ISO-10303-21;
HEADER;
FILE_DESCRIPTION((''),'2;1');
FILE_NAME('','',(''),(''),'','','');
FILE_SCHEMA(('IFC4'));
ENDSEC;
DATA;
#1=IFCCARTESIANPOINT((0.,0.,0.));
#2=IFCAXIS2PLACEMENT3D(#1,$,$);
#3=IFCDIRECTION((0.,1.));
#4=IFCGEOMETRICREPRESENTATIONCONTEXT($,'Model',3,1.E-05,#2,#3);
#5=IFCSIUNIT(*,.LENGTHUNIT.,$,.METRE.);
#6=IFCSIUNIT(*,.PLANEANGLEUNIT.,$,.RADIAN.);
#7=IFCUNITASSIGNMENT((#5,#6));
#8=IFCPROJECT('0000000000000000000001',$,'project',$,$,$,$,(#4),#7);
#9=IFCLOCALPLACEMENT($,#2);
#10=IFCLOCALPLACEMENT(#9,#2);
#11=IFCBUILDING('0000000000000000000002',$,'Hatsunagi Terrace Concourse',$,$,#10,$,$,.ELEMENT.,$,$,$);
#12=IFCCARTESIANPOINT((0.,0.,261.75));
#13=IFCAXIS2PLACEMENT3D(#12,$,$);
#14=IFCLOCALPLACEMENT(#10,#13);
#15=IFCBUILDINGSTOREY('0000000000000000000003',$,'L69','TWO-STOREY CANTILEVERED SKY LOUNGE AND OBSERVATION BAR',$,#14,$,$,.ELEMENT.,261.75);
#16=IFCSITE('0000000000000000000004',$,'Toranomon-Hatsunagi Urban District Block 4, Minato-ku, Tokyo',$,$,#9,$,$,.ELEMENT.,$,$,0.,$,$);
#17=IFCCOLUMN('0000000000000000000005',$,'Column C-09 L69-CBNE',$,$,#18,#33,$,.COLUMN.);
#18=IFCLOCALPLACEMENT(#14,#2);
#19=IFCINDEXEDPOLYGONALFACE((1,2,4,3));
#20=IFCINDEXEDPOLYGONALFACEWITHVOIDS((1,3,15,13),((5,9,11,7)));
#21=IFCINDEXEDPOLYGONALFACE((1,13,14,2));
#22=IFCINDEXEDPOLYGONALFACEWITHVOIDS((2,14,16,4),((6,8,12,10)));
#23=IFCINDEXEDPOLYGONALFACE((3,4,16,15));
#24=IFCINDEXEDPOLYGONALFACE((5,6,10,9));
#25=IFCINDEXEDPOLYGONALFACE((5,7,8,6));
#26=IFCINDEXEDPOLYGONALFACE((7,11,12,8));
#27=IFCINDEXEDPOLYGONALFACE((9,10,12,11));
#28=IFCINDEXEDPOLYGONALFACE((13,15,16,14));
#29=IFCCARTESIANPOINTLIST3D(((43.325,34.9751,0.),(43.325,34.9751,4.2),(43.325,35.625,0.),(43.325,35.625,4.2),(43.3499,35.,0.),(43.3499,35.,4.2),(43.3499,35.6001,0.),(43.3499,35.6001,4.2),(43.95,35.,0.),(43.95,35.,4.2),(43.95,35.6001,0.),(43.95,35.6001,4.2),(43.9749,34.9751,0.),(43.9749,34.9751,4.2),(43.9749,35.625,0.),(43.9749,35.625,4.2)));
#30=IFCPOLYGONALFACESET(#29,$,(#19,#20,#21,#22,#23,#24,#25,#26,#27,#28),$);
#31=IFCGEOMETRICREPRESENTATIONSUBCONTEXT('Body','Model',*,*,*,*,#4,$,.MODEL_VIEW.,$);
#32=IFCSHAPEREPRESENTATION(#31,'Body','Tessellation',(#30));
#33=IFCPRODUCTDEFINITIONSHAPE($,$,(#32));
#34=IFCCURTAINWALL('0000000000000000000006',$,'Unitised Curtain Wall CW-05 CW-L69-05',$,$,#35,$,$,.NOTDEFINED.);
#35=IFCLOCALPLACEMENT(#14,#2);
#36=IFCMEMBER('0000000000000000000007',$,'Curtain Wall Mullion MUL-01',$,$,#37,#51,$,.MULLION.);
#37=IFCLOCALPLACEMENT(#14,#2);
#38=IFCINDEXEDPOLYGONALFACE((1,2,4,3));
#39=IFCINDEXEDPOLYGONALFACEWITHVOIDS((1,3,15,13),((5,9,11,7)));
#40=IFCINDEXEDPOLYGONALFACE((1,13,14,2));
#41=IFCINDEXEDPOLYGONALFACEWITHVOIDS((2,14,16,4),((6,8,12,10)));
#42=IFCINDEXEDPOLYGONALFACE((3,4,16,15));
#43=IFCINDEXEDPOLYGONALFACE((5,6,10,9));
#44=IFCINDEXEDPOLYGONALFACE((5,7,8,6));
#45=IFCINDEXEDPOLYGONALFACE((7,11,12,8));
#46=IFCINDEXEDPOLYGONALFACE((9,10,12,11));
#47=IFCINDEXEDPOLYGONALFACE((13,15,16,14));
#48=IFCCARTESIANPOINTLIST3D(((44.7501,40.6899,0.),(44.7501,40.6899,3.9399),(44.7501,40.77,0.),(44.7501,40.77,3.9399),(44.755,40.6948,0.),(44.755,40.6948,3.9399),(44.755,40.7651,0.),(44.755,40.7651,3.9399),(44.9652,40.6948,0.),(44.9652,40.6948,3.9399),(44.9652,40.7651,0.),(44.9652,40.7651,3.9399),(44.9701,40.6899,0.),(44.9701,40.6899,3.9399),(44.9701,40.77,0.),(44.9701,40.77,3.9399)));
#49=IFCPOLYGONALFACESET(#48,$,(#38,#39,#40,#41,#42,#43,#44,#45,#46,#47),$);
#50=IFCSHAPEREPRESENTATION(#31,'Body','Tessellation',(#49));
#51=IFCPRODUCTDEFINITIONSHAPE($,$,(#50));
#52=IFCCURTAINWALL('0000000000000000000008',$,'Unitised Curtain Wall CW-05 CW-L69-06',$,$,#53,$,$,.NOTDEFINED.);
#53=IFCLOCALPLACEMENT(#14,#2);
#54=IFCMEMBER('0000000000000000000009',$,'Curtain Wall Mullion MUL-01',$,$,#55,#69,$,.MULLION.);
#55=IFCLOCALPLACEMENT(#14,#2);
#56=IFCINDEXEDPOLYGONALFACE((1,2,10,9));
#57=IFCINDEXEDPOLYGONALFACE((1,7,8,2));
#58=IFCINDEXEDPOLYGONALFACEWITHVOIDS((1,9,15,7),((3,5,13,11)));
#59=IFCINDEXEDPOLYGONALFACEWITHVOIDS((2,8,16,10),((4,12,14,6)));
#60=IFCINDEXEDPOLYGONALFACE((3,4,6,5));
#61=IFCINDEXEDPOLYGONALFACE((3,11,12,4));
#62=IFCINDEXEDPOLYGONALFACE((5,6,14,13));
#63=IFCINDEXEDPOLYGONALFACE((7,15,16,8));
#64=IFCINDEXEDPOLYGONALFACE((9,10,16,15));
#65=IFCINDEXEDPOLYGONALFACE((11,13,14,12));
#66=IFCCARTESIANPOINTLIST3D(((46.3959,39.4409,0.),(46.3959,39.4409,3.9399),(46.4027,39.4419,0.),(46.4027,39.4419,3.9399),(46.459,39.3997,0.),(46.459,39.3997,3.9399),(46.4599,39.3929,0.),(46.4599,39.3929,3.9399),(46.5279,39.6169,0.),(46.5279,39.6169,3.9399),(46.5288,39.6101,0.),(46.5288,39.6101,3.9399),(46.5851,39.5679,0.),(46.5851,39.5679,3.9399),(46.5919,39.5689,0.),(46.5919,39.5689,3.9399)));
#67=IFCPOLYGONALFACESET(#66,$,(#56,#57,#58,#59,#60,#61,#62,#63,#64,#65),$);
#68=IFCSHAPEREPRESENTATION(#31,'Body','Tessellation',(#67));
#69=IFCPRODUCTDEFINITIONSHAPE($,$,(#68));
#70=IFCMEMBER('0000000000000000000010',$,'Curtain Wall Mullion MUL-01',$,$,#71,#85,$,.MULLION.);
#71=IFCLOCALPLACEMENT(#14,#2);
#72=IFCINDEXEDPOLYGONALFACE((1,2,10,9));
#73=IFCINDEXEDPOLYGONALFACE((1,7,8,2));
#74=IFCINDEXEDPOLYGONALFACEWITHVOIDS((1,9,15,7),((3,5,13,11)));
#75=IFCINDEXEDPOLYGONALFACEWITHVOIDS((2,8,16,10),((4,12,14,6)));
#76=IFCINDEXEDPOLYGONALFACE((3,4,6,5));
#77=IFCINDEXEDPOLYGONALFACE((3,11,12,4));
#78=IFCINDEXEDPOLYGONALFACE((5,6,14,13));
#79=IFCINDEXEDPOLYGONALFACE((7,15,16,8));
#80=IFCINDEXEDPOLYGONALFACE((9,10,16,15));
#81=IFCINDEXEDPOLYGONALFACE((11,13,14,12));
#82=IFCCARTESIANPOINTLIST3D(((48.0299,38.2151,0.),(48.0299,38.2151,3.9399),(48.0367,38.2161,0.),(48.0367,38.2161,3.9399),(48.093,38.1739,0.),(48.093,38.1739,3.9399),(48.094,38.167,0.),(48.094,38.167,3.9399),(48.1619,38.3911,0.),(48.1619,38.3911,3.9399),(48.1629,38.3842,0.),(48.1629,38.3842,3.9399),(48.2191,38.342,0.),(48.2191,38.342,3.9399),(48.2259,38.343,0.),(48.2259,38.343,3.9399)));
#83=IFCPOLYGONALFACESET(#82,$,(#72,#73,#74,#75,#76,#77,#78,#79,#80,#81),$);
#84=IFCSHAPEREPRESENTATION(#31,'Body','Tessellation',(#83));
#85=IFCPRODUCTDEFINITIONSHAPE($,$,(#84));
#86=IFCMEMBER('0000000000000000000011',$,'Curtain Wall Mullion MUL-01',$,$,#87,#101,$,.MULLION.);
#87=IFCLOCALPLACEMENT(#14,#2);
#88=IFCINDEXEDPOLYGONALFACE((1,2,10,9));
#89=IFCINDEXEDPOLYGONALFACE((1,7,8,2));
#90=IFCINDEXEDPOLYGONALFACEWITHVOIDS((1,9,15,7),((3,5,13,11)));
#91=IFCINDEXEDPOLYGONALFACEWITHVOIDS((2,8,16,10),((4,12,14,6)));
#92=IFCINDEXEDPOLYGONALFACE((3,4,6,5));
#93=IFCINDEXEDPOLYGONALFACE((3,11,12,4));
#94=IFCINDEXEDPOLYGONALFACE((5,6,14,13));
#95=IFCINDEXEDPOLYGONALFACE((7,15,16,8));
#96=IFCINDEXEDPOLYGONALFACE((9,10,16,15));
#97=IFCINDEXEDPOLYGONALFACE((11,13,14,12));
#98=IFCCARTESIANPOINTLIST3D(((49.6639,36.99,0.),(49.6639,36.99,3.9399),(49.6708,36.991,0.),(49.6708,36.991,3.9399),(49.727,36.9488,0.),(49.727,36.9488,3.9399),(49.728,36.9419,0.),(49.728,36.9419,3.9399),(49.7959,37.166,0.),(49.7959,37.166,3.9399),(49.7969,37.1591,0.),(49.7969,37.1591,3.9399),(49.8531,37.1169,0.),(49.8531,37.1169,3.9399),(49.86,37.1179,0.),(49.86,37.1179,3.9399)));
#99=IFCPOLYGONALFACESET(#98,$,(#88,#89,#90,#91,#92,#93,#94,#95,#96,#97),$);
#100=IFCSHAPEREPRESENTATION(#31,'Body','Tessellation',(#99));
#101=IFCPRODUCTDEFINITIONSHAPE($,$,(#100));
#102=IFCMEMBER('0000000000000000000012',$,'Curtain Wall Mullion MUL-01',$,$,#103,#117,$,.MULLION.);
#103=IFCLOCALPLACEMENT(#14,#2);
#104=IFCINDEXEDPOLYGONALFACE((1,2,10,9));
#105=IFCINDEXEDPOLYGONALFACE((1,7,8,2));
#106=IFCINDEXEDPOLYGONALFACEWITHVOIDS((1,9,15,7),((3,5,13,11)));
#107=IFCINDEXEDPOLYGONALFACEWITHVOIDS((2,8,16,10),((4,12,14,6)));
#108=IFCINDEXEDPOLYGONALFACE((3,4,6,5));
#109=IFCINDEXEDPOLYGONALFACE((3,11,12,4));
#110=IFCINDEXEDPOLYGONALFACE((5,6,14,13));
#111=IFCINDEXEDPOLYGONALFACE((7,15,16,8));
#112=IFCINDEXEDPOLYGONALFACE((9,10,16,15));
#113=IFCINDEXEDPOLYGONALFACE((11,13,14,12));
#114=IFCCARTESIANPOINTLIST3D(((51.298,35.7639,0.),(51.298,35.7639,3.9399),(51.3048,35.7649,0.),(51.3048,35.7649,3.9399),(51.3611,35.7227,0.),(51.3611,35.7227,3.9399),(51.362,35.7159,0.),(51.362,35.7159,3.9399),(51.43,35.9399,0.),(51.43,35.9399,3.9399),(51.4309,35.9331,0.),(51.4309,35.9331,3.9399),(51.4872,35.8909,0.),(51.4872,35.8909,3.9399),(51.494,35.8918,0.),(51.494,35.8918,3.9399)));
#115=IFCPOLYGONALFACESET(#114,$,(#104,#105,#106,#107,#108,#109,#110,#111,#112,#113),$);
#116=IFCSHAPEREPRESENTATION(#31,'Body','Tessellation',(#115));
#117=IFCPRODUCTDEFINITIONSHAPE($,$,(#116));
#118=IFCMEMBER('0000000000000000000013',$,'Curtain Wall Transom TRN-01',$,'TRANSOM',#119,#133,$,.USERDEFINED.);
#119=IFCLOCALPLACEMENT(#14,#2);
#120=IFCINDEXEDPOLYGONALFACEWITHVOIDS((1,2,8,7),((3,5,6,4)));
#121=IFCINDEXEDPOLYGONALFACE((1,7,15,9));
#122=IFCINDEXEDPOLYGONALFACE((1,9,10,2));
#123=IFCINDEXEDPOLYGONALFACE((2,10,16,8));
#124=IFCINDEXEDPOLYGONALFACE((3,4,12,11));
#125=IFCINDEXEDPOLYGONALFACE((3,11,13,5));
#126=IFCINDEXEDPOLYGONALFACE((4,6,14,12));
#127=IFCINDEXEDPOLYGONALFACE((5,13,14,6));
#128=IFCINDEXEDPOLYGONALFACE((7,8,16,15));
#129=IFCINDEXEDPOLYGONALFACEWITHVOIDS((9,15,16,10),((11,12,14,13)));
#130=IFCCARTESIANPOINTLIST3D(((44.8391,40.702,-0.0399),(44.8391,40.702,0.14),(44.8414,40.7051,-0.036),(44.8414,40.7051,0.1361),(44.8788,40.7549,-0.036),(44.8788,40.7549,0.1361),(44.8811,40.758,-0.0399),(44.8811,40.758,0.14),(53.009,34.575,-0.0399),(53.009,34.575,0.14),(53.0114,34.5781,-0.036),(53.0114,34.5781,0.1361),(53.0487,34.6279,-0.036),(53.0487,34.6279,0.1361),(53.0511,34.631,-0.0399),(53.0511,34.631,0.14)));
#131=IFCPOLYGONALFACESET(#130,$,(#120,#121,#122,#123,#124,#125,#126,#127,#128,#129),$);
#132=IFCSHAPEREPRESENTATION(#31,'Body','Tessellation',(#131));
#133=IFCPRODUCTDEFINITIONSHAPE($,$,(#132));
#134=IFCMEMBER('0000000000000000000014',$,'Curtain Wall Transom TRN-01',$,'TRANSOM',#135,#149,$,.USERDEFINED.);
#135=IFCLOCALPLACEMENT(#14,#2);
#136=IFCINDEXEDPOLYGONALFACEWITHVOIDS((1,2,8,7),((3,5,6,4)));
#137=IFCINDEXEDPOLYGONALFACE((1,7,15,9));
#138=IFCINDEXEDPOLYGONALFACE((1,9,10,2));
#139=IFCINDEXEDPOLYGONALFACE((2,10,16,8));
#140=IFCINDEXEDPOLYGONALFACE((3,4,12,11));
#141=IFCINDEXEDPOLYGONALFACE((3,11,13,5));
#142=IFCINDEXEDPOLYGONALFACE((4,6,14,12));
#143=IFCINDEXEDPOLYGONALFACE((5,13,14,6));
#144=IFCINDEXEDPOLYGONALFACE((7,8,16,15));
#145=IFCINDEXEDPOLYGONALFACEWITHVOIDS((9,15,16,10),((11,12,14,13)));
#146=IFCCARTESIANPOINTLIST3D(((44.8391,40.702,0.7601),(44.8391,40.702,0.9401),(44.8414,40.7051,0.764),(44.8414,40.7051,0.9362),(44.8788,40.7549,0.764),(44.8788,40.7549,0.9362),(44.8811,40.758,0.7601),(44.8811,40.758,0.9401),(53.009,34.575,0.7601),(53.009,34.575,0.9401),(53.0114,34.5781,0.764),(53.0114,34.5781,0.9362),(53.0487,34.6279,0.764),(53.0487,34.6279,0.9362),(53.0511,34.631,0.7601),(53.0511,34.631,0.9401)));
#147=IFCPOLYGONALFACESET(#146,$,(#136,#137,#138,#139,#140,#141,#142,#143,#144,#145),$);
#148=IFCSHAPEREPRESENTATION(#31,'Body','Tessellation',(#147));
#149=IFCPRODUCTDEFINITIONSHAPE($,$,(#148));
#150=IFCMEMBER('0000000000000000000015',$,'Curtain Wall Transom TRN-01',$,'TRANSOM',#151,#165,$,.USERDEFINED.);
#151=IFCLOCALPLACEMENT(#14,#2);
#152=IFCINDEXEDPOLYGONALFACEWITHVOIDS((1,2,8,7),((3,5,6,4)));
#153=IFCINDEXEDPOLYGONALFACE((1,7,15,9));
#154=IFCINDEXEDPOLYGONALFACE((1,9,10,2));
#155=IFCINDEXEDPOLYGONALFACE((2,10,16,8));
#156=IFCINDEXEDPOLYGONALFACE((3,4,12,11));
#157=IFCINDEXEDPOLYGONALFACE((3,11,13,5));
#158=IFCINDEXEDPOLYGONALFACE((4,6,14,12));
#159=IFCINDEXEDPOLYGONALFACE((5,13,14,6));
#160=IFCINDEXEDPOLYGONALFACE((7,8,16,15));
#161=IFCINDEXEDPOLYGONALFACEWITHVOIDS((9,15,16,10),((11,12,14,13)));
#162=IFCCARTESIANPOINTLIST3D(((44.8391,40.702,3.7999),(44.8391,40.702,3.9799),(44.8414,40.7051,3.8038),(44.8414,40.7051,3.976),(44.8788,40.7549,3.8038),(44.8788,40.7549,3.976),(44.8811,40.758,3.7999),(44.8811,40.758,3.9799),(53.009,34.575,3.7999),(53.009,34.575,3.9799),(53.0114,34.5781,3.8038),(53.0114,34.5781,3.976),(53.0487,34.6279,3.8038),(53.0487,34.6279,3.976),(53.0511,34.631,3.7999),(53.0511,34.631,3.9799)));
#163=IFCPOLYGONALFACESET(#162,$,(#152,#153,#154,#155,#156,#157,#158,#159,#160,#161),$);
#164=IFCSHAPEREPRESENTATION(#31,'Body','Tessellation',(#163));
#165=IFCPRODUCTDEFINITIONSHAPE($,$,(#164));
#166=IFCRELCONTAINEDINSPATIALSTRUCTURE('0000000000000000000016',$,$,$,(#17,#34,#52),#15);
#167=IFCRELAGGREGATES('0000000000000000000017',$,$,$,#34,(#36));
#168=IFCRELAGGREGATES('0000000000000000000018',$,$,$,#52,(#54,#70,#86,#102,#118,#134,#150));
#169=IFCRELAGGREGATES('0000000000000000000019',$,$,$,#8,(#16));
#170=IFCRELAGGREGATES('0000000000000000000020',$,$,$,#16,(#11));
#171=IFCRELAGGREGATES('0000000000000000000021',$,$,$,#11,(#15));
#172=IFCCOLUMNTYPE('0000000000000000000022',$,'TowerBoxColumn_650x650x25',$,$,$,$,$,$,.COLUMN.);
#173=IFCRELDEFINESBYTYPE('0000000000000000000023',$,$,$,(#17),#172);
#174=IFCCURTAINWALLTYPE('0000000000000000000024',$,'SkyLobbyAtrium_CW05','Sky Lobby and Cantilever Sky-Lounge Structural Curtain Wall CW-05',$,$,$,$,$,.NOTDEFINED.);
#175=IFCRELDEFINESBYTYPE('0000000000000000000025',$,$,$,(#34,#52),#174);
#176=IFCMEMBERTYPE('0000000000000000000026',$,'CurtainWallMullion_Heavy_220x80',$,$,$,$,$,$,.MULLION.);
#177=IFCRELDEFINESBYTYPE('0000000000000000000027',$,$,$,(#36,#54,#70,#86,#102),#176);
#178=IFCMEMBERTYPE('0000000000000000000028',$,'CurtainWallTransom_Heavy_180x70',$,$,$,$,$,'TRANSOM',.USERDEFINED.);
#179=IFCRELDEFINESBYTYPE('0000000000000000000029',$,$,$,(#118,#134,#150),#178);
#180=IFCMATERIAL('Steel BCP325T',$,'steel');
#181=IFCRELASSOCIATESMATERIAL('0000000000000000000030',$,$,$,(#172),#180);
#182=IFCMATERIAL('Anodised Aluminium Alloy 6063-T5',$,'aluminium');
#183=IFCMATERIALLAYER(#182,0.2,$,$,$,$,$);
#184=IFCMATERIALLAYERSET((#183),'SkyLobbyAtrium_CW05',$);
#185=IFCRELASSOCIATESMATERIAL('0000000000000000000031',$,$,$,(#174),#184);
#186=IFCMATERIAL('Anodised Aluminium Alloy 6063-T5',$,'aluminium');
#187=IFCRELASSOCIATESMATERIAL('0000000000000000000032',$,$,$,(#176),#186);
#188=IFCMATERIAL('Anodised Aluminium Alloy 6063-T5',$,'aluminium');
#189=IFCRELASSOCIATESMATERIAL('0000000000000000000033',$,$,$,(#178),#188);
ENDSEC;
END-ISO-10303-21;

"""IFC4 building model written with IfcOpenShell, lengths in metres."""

from ifc_helpers import new_model, si_unit, direction, frame, origin, origin_2d, place, context, subcontext, project, spatial, hollow_rectangle, extrude, material, layer, layer_set, material_profile, profile_set, type_object, element, aggregate, save


model = new_model("IFC4")

# Units and contexts
model_context = context("Model", 3, precision=1e-05, world=origin(), true_north=direction((0.0, 1.0)))
body_context = subcontext(model_context, "Body", "Model", "MODEL_VIEW")
ifc_project = project(units=[si_unit("LENGTHUNIT", "METRE"), si_unit("PLANEANGLEUNIT", "RADIAN")], contexts=[model_context])

# Site, building, storey
site_placement = place(None, origin())
site = spatial("IfcSite", under=ifc_project, at=site_placement, Name="Toranomon-Hatsunagi Urban District Block 4, Minato-ku, Tokyo", CompositionType="ELEMENT", RefElevation=0.0)
building_placement = place(site_placement, origin())
building = spatial("IfcBuilding", under=site, at=building_placement, Name="Hatsunagi Terrace Concourse", CompositionType="ELEMENT")
storey_placement = place(building_placement, frame((0.0, 0.0, 261.75)))
storey = spatial("IfcBuildingStorey", under=building, at=storey_placement, Name="L69", Description="TWO-STOREY CANTILEVERED SKY LOUNGE AND OBSERVATION BAR", CompositionType="ELEMENT", Elevation=261.75)

# Column
ifc_material_1 = material(Name="Steel BCP325T", Category="steel")
ifc_material_profile_1 = material_profile(ifc_material_1, hollow_rectangle(XDim=0.6499, YDim=0.6499, WallThickness=0.0249, at=origin_2d()), Name="BCP-650x650x25")
ifc_profile_set_1 = profile_set([ifc_material_profile_1], Name="Steel BCP325T")
column_type = type_object("IfcColumnType", Name="TowerBoxColumn_650x650x25", PredefinedType="COLUMN", material=ifc_profile_set_1)
column_placement = place(storey_placement, frame((43.6499, 35.3, 0.0), z_axis=(0.0, 0.0, 1.0), x_axis=(1.0, 0.0, 0.0)))
element("IfcColumn", 1, at=column_placement, inside=storey, type_object=column_type, Name="Column C-09 L69-CBNE", PredefinedType="COLUMN", context=body_context, shape_type="SweptSolid", body=[
    extrude(hollow_rectangle(XDim=0.6499, YDim=0.6499, WallThickness=0.0249, at=origin_2d()), origin(), (0.0, 0.0, 1.0), 4.2),
])

# Curtain wall, member
ifc_material_2 = material(Name="Anodised Aluminium Alloy 6063-T5", Category="aluminium")
ifc_layer_1 = layer(ifc_material_2, 0.2)
ifc_layer_set_1 = layer_set([ifc_layer_1], Name="SkyLobbyAtrium_CW05")
curtain_wall_type = type_object("IfcCurtainWallType", Name="SkyLobbyAtrium_CW05", Description="Sky Lobby and Cantilever Sky-Lounge Structural Curtain Wall CW-05", PredefinedType="NOTDEFINED", material=ifc_layer_set_1)
curtain_wall_1_placement = place(storey_placement, origin())
curtain_wall_1 = element("IfcCurtainWall", 2, at=curtain_wall_1_placement, inside=storey, type_object=curtain_wall_type, Name="Unitised Curtain Wall CW-05 CW-L69-05", PredefinedType="NOTDEFINED")
ifc_material_3 = material(Name="Anodised Aluminium Alloy 6063-T5", Category="aluminium")
ifc_material_profile_2 = material_profile(ifc_material_3, hollow_rectangle(XDim=0.0801, YDim=0.22, WallThickness=0.0049, at=origin_2d()), Name="ALU-MUL-220x80x5")
ifc_profile_set_2 = profile_set([ifc_material_profile_2], Name="Anodised Aluminium Alloy 6063-T5")
member_type_1 = type_object("IfcMemberType", Name="CurtainWallMullion_Heavy_220x80", PredefinedType="MULLION", material=ifc_profile_set_2)
member_1_placement = place(storey_placement, frame((44.8601, 40.73, 0.0), z_axis=(0.0, 0.0, 1.0), x_axis=(0.0, -1.0, 0.0)))
member_1 = element("IfcMember", 3, at=member_1_placement, type_object=member_type_1, Name="Curtain Wall Mullion MUL-01", PredefinedType="MULLION", context=body_context, shape_type="SweptSolid", body=[
    extrude(hollow_rectangle(XDim=0.0801, YDim=0.22, WallThickness=0.0049, at=origin_2d()), origin(), (0.0, 0.0, 1.0), 3.9399),
])

# Curtain wall, members
curtain_wall_2_placement = place(storey_placement, origin())
curtain_wall_2 = element("IfcCurtainWall", 4, at=curtain_wall_2_placement, inside=storey, type_object=curtain_wall_type, Name="Unitised Curtain Wall CW-05 CW-L69-06", PredefinedType="NOTDEFINED")
member_2_placement = place(storey_placement, frame((46.4939, 39.5049, 0.0), z_axis=(0.0, 0.0, 1.0), x_axis=(0.800023, -0.599969, 0.0)))
member_2 = element("IfcMember", 5, at=member_2_placement, type_object=member_type_1, Name="Curtain Wall Mullion MUL-01", PredefinedType="MULLION", context=body_context, shape_type="SweptSolid", body=[
    extrude(hollow_rectangle(XDim=0.0801, YDim=0.22, WallThickness=0.0049, at=origin_2d()), origin(), (0.0, 0.0, 1.0), 3.9399),
])
member_3_placement = place(storey_placement, frame((48.1279, 38.2791, 0.0), z_axis=(0.0, 0.0, 1.0), x_axis=(0.800023, -0.599969, 0.0)))
member_3 = element("IfcMember", 6, at=member_3_placement, type_object=member_type_1, Name="Curtain Wall Mullion MUL-01", PredefinedType="MULLION", context=body_context, shape_type="SweptSolid", body=[
    extrude(hollow_rectangle(XDim=0.0801, YDim=0.22, WallThickness=0.0049, at=origin_2d()), origin(), (0.0, 0.0, 1.0), 3.9399),
])
member_4_placement = place(storey_placement, frame((49.762, 37.054, 0.0), z_axis=(0.0, 0.0, 1.0), x_axis=(0.800023, -0.599969, 0.0)))
member_4 = element("IfcMember", 7, at=member_4_placement, type_object=member_type_1, Name="Curtain Wall Mullion MUL-01", PredefinedType="MULLION", context=body_context, shape_type="SweptSolid", body=[
    extrude(hollow_rectangle(XDim=0.0801, YDim=0.22, WallThickness=0.0049, at=origin_2d()), origin(), (0.0, 0.0, 1.0), 3.9399),
])
member_5_placement = place(storey_placement, frame((51.396, 35.8279, 0.0), z_axis=(0.0, 0.0, 1.0), x_axis=(0.800023, -0.599969, 0.0)))
member_5 = element("IfcMember", 8, at=member_5_placement, type_object=member_type_1, Name="Curtain Wall Mullion MUL-01", PredefinedType="MULLION", context=body_context, shape_type="SweptSolid", body=[
    extrude(hollow_rectangle(XDim=0.0801, YDim=0.22, WallThickness=0.0049, at=origin_2d()), origin(), (0.0, 0.0, 1.0), 3.9399),
])
ifc_material_4 = material(Name="Anodised Aluminium Alloy 6063-T5", Category="aluminium")
ifc_material_profile_3 = material_profile(ifc_material_4, hollow_rectangle(XDim=0.0701, YDim=0.1799, WallThickness=0.0039, at=origin_2d()), Name="ALU-TRN-180x70x4")
ifc_profile_set_3 = profile_set([ifc_material_profile_3], Name="Anodised Aluminium Alloy 6063-T5")
member_type_2 = type_object("IfcMemberType", Name="CurtainWallTransom_Heavy_180x70", ElementType="TRANSOM", PredefinedType="USERDEFINED", material=ifc_profile_set_3)
member_6_placement = place(storey_placement, frame((44.8601, 40.73, 0.05), z_axis=(0.800023, -0.599969, 0.0), x_axis=(0.599969, 0.800023, 0.0)))
member_6 = element("IfcMember", 9, at=member_6_placement, type_object=member_type_2, Name="Curtain Wall Transom TRN-01", ObjectType="TRANSOM", PredefinedType="USERDEFINED", context=body_context, shape_type="SweptSolid", body=[
    extrude(hollow_rectangle(XDim=0.0701, YDim=0.1799, WallThickness=0.0039, at=origin_2d()), origin(), (0.0, 0.0, 1.0), 10.2122),
])
member_7_placement = place(storey_placement, frame((44.8601, 40.73, 0.8501), z_axis=(0.800023, -0.599969, 0.0), x_axis=(0.599969, 0.800023, 0.0)))
member_7 = element("IfcMember", 10, at=member_7_placement, type_object=member_type_2, Name="Curtain Wall Transom TRN-01", ObjectType="TRANSOM", PredefinedType="USERDEFINED", context=body_context, shape_type="SweptSolid", body=[
    extrude(hollow_rectangle(XDim=0.0701, YDim=0.1799, WallThickness=0.0039, at=origin_2d()), origin(), (0.0, 0.0, 1.0), 10.2122),
])
member_8_placement = place(storey_placement, frame((44.8601, 40.73, 3.8899), z_axis=(0.800023, -0.599969, 0.0), x_axis=(0.599969, 0.800023, 0.0)))
member_8 = element("IfcMember", 11, at=member_8_placement, type_object=member_type_2, Name="Curtain Wall Transom TRN-01", ObjectType="TRANSOM", PredefinedType="USERDEFINED", context=body_context, shape_type="SweptSolid", body=[
    extrude(hollow_rectangle(XDim=0.0701, YDim=0.1799, WallThickness=0.0039, at=origin_2d()), origin(), (0.0, 0.0, 1.0), 10.2122),
])

aggregate(curtain_wall_1, [member_1])
aggregate(curtain_wall_2, [member_2, member_3, member_4, member_5, member_6, member_7, member_8])

save(model, "model.ifc")
